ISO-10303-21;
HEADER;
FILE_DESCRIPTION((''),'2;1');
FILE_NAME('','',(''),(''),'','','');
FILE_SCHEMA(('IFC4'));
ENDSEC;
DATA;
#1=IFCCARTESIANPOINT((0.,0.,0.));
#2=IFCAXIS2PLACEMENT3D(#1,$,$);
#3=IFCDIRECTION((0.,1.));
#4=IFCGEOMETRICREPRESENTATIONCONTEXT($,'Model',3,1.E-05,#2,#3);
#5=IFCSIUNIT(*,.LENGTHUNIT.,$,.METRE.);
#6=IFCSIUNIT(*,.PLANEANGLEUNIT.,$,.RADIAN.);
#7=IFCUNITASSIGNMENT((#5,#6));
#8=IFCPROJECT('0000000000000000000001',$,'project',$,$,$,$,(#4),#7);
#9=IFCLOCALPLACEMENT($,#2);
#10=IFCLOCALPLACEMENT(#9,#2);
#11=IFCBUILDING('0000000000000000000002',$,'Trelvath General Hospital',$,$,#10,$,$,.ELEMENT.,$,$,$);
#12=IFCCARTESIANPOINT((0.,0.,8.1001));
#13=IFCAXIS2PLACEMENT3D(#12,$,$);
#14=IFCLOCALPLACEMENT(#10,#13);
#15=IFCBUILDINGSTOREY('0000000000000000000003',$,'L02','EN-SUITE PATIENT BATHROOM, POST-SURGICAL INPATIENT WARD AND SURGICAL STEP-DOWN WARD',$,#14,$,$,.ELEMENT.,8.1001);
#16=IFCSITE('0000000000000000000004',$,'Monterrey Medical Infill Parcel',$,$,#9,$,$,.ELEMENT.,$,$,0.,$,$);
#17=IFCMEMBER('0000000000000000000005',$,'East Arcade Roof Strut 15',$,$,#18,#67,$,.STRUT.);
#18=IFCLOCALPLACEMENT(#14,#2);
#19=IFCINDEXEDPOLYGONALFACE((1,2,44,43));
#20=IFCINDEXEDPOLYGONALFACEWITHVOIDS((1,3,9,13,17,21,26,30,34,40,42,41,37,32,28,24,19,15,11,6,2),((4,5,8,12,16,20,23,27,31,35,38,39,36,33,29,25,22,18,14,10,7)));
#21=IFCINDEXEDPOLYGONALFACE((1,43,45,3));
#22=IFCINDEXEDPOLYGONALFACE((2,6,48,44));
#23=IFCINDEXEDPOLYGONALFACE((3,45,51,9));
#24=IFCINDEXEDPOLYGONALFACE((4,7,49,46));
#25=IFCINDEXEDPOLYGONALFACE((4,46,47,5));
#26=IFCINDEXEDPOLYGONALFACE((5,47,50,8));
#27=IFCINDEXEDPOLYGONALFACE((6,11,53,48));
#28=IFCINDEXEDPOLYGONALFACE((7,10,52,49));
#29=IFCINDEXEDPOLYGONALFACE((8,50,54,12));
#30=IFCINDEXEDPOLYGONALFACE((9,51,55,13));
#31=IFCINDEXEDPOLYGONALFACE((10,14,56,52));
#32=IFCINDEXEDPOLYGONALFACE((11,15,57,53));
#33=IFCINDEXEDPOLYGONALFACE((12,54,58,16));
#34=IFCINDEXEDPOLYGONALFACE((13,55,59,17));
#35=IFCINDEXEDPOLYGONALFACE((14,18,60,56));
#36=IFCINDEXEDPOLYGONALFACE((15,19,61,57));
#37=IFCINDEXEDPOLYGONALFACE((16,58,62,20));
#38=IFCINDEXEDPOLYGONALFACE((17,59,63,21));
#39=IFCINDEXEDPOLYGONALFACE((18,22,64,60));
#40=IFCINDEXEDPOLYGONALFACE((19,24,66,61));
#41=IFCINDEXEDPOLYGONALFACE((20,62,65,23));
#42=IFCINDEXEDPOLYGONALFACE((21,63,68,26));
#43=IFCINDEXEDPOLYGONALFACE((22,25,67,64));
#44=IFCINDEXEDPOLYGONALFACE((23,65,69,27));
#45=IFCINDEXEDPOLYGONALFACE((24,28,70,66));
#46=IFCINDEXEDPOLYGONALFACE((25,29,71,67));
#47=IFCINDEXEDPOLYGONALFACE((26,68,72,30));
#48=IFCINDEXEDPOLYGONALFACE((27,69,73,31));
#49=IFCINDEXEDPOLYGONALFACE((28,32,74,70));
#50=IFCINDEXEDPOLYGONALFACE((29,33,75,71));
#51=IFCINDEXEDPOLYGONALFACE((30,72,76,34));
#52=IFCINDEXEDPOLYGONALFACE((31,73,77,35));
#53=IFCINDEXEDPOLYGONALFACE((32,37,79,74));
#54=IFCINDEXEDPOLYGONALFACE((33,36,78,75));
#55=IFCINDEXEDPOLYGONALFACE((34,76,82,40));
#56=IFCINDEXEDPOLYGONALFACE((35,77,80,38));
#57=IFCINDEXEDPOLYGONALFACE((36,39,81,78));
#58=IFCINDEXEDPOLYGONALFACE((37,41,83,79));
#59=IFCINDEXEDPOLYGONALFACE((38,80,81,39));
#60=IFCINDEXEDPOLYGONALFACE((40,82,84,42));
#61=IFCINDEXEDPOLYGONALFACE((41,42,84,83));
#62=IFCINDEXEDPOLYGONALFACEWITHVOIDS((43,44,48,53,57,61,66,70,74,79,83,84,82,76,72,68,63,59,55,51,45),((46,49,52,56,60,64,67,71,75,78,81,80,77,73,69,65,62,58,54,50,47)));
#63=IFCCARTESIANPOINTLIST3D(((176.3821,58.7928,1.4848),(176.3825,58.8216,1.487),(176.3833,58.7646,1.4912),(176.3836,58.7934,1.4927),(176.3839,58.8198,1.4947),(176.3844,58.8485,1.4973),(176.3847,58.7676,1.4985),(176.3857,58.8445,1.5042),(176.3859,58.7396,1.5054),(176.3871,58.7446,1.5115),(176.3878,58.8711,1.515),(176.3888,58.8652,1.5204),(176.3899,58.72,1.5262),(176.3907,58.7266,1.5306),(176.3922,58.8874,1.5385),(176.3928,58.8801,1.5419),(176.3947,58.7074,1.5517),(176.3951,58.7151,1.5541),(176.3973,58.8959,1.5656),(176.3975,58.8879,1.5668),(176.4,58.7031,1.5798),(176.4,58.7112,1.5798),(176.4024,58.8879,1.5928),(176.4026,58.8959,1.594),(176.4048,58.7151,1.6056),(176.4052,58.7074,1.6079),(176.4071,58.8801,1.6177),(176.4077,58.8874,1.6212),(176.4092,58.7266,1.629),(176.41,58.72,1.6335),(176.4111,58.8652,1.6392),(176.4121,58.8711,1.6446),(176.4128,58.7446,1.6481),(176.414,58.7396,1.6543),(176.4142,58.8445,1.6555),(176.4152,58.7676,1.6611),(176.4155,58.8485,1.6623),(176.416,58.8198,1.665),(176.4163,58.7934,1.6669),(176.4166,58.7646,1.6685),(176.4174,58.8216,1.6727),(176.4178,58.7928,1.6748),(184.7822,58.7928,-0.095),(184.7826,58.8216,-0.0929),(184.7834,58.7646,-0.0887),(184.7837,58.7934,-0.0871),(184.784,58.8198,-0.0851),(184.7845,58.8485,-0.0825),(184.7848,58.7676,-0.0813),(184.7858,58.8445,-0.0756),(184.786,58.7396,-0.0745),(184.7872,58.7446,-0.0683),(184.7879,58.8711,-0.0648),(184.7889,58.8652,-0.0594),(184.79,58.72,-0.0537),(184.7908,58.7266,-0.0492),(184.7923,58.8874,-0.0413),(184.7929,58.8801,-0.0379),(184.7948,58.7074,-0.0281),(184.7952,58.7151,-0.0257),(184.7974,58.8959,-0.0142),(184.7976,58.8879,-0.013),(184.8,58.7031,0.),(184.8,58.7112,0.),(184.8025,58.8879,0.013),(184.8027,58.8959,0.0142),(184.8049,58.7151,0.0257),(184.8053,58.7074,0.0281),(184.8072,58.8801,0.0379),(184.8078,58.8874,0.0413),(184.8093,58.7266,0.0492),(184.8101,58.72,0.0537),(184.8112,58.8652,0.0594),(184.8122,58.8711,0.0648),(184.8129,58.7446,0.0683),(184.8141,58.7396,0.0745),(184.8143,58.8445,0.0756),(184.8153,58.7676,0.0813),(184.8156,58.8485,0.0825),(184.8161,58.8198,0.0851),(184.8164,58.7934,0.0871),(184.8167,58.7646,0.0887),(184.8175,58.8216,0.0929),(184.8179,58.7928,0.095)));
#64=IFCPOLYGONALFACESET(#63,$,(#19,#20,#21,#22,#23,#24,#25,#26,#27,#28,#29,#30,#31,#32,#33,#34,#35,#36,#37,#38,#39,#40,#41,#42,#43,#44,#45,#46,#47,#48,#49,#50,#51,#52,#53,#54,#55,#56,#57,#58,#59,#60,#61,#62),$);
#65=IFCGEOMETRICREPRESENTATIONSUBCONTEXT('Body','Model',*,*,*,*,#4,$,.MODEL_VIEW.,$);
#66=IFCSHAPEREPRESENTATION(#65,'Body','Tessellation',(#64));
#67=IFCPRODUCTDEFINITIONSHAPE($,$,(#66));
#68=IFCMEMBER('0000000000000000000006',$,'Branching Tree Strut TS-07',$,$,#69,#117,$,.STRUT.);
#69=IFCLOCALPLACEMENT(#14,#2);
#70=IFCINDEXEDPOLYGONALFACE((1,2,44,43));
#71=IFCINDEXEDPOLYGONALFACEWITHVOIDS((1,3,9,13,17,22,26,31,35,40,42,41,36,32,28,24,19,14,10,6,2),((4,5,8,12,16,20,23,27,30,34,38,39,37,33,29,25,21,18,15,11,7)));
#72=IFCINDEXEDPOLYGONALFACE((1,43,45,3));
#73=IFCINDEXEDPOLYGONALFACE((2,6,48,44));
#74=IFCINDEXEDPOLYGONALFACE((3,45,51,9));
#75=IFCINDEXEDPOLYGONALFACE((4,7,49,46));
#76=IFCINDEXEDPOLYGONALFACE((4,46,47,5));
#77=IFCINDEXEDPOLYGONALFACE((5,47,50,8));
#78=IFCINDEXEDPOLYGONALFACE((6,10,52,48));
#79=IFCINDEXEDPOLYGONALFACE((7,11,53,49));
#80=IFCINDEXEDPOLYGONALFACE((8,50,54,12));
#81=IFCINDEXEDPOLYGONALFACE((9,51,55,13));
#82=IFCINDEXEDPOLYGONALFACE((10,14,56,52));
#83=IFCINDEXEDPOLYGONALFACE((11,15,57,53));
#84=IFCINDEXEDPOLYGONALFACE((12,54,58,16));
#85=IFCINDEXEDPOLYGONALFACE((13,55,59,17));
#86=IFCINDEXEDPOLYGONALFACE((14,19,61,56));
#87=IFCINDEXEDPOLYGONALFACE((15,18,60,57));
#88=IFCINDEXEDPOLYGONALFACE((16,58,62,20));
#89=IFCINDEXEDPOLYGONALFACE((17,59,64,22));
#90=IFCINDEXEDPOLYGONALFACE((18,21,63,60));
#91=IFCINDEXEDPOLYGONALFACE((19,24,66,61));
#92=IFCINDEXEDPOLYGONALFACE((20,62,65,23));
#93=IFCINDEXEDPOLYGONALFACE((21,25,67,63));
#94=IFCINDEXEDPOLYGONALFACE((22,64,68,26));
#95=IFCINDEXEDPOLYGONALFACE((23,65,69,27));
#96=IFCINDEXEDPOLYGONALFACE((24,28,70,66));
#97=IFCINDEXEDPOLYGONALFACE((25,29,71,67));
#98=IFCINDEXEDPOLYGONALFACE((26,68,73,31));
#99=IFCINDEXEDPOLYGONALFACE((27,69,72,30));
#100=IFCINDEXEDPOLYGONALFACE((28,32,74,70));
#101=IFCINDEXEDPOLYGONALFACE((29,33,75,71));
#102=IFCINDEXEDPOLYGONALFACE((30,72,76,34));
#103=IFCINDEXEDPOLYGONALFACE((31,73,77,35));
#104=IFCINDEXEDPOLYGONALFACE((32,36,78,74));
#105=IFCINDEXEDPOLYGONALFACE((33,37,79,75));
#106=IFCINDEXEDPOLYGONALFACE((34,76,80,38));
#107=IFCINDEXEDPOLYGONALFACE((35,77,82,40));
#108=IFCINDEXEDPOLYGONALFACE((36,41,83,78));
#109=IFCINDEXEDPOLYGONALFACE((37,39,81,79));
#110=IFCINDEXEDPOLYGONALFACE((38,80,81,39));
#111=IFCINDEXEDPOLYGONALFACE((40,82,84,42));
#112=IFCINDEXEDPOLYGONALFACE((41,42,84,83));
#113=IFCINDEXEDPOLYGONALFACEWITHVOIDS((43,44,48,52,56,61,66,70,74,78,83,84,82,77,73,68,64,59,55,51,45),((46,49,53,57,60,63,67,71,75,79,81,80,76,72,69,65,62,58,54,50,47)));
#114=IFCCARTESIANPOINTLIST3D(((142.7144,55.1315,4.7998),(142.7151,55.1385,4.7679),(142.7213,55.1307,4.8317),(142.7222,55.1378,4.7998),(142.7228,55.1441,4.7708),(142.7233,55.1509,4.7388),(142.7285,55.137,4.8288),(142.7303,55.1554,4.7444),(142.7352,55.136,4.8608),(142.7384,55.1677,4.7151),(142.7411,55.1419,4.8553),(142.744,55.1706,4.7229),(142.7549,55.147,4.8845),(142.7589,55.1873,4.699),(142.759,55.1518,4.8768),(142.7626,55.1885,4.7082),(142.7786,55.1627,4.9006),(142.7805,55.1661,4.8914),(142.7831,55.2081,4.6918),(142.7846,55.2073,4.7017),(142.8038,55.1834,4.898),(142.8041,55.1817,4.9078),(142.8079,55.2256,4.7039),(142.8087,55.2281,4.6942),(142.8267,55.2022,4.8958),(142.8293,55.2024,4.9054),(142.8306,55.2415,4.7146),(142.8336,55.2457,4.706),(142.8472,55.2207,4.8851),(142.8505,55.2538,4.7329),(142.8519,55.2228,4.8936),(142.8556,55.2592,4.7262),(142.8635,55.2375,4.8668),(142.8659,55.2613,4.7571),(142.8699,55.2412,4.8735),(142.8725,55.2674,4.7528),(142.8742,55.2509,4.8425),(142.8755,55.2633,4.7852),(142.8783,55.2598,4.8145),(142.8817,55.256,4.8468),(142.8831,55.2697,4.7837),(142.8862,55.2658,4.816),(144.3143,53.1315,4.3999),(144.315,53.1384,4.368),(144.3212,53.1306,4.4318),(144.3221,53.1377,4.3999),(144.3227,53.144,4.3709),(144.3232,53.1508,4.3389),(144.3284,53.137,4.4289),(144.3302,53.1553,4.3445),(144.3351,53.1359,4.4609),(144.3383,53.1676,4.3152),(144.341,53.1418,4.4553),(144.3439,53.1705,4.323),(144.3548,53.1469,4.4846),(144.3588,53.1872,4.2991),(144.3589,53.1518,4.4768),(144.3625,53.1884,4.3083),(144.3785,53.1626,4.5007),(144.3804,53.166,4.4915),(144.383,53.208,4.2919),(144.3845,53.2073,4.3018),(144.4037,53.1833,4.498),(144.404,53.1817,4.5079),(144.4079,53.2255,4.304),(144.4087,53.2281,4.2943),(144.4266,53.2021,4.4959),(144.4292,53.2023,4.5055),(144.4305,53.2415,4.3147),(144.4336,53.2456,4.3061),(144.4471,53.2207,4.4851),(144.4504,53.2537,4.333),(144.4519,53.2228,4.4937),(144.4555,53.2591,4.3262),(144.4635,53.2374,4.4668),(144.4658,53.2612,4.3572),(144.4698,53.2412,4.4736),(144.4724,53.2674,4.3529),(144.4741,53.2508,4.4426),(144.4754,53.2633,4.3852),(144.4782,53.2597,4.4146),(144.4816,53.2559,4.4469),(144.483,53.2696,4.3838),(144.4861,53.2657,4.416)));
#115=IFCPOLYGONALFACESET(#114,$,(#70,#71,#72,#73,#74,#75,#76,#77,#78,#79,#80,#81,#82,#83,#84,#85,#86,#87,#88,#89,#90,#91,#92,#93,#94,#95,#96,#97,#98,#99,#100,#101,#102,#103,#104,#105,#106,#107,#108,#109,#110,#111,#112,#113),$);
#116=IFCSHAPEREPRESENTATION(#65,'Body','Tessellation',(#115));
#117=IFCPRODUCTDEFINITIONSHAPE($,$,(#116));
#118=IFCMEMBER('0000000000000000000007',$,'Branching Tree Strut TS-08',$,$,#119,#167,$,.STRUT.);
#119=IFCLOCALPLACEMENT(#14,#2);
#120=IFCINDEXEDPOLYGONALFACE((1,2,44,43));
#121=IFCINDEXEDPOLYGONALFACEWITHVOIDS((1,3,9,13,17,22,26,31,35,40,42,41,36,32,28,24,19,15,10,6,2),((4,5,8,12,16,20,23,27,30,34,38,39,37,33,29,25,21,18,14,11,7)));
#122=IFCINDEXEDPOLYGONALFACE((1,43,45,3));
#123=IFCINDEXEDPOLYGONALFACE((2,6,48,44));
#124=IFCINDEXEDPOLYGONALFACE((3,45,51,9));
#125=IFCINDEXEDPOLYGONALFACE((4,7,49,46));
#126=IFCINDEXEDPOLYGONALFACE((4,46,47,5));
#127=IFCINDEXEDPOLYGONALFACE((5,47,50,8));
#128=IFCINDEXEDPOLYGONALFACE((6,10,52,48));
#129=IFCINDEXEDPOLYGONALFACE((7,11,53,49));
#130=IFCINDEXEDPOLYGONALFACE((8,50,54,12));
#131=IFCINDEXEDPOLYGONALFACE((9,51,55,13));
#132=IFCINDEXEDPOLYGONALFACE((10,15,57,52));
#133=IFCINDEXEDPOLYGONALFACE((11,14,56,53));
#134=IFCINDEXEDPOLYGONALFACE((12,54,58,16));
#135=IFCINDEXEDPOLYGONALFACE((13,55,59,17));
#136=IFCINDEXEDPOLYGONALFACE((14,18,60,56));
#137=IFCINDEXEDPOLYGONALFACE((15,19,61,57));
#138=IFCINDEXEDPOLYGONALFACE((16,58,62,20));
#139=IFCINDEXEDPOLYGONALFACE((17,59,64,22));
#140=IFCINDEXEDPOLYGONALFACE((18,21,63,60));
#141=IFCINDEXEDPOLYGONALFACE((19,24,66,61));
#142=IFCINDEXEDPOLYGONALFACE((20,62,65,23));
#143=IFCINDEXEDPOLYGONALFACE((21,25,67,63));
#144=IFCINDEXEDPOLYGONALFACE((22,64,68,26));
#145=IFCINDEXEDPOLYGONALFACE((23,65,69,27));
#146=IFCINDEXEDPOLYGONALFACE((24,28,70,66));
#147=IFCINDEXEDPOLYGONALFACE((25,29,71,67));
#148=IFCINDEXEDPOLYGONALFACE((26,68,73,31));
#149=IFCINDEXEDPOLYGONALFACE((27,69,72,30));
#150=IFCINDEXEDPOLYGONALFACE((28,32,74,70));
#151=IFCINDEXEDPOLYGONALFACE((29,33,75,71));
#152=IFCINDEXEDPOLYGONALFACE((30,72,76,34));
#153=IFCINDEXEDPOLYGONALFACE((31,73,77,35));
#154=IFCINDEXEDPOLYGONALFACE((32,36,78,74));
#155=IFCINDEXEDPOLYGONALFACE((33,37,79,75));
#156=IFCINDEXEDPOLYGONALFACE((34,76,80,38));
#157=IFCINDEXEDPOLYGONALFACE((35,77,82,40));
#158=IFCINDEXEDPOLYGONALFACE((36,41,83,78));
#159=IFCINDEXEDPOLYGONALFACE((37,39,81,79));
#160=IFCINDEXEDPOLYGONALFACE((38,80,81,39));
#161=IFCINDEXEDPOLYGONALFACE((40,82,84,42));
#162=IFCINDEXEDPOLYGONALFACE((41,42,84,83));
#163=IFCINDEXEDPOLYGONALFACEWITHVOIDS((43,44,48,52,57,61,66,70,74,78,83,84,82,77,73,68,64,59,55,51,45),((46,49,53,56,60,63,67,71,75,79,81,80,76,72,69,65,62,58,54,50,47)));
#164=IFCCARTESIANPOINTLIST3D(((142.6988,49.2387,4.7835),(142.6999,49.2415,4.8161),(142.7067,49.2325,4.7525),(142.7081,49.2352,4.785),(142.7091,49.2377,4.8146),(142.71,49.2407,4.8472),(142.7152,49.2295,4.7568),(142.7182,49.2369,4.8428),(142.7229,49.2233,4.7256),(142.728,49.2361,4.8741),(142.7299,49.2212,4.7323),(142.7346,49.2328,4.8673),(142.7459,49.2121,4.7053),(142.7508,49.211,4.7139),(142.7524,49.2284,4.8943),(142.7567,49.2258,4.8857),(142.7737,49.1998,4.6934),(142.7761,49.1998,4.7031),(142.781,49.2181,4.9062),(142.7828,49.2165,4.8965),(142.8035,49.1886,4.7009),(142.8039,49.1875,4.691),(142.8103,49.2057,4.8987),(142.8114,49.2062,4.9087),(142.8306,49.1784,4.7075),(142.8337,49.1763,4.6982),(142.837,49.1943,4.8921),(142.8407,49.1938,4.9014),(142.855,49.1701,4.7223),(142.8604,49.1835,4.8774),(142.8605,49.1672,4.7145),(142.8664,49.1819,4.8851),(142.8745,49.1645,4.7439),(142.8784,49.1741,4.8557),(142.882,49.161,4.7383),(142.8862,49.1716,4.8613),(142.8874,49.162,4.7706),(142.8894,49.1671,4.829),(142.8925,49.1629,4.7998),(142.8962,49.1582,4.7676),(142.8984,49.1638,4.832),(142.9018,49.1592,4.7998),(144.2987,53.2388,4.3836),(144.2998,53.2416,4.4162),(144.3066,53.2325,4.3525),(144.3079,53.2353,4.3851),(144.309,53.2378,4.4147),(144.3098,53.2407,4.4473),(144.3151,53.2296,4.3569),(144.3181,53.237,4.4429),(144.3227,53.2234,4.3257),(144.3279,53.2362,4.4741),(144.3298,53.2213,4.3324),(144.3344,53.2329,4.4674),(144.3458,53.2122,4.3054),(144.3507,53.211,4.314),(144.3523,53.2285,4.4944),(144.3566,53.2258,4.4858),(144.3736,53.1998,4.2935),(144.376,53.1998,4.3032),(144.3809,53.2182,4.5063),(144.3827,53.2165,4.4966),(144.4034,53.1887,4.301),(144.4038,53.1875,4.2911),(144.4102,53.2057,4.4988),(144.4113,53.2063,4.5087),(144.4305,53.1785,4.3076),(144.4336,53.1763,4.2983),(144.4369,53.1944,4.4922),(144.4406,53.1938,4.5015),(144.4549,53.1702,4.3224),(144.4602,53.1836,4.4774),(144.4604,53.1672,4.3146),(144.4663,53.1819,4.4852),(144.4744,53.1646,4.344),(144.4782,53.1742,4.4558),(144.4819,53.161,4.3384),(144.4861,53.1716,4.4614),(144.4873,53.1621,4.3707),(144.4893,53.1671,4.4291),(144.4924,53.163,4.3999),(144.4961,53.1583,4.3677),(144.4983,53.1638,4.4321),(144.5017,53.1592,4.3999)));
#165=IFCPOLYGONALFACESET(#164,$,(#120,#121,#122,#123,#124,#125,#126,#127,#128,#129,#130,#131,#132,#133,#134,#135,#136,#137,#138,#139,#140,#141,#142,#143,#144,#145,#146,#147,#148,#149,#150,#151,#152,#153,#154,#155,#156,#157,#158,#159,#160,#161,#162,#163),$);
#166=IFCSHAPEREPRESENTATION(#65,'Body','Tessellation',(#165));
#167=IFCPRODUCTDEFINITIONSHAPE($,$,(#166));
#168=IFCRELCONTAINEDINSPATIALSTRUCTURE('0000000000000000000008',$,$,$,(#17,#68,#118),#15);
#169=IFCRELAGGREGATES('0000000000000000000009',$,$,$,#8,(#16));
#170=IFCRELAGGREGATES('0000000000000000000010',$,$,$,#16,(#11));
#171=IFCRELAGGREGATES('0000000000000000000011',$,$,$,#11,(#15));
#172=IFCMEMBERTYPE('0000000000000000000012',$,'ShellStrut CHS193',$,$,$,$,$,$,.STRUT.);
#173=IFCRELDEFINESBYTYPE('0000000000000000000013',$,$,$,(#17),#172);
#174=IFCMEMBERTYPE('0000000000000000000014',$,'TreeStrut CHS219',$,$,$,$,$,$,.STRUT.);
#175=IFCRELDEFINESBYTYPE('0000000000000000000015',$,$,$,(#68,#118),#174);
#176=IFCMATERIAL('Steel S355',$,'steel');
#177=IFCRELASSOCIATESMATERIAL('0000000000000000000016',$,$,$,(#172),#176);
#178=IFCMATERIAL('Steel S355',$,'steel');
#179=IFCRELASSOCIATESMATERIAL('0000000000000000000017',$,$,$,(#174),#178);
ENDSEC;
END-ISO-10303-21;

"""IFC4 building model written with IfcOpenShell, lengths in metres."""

from ifc_helpers import new_model, si_unit, direction, frame, origin, origin_2d, place, context, subcontext, project, spatial, hollow_circle, extrude, material, material_profile, profile_set, type_object, element, save


model = new_model("IFC4")

# Units and contexts
model_context = context("Model", 3, precision=1e-05, world=origin(), true_north=direction((0.0, 1.0)))
body_context = subcontext(model_context, "Body", "Model", "MODEL_VIEW")
ifc_project = project(units=[si_unit("LENGTHUNIT", "METRE"), si_unit("PLANEANGLEUNIT", "RADIAN")], contexts=[model_context])

# Site, building, storey
site_placement = place(None, origin())
site = spatial("IfcSite", under=ifc_project, at=site_placement, Name="Monterrey Medical Infill Parcel", CompositionType="ELEMENT", RefElevation=0.0)
building_placement = place(site_placement, origin())
building = spatial("IfcBuilding", under=site, at=building_placement, Name="Trelvath General Hospital", CompositionType="ELEMENT")
storey_placement = place(building_placement, frame((0.0, 0.0, 8.1001)))
storey = spatial("IfcBuildingStorey", under=building, at=storey_placement, Name="L02", Description="EN-SUITE PATIENT BATHROOM, POST-SURGICAL INPATIENT WARD AND SURGICAL STEP-DOWN WARD", CompositionType="ELEMENT", Elevation=8.1001)

# Members
ifc_material_1 = material(Name="Steel S355", Category="steel")
ifc_material_profile_1 = material_profile(ifc_material_1, hollow_circle(Radius=0.0969, WallThickness=0.0081, at=origin_2d()), Name="CHS193.7x8.0")
ifc_profile_set_1 = profile_set([ifc_material_profile_1], Name="Steel S355")
member_type_1 = type_object("IfcMemberType", Name="ShellStrut CHS193", PredefinedType="STRUT", material=ifc_profile_set_1)
member_1_placement = place(storey_placement, frame((184.8, 58.8, 0.0), z_axis=(-0.98277, 0.0, 0.184832), x_axis=(0.0, -1.0, 0.0)))
element("IfcMember", 1, at=member_1_placement, inside=storey, type_object=member_type_1, Name="East Arcade Roof Strut 15", PredefinedType="STRUT", context=body_context, shape_type="SweptSolid", body=[
    extrude(hollow_circle(Radius=0.0969, WallThickness=0.0081, at=origin_2d()), origin(), (0.0, 0.0, 1.0), 8.5474),
])
ifc_material_2 = material(Name="Steel S355", Category="steel")
ifc_material_profile_2 = material_profile(ifc_material_2, hollow_circle(Radius=0.1096, WallThickness=0.01, at=origin_2d()), Name="CHS219.1x10.0")
ifc_profile_set_2 = profile_set([ifc_material_profile_2], Name="Steel S355")
member_type_2 = type_object("IfcMemberType", Name="TreeStrut CHS219", PredefinedType="STRUT", material=ifc_profile_set_2)
member_2_placement = place(storey_placement, frame((144.3999, 53.2, 4.3999), z_axis=(-0.617182, 0.771548, 0.154272), x_axis=(-0.780897, -0.62466, 0.0)))
element("IfcMember", 2, at=member_2_placement, inside=storey, type_object=member_type_2, Name="Branching Tree Strut TS-07", PredefinedType="STRUT", context=body_context, shape_type="SweptSolid", body=[
    extrude(hollow_circle(Radius=0.1096, WallThickness=0.01, at=origin_2d()), origin(), (0.0, 0.0, 1.0), 2.5923),
])
member_3_placement = place(storey_placement, frame((144.3999, 53.2, 4.3999), z_axis=(-0.369772, -0.924514, 0.092429), x_axis=(0.928488, -0.371361, 0.0)))
element("IfcMember", 3, at=member_3_placement, inside=storey, type_object=member_type_2, Name="Branching Tree Strut TS-08", PredefinedType="STRUT", context=body_context, shape_type="SweptSolid", body=[
    extrude(hollow_circle(Radius=0.1096, WallThickness=0.01, at=origin_2d()), origin(), (0.0, 0.0, 1.0), 4.3267),
])

save(model, "model.ifc")
